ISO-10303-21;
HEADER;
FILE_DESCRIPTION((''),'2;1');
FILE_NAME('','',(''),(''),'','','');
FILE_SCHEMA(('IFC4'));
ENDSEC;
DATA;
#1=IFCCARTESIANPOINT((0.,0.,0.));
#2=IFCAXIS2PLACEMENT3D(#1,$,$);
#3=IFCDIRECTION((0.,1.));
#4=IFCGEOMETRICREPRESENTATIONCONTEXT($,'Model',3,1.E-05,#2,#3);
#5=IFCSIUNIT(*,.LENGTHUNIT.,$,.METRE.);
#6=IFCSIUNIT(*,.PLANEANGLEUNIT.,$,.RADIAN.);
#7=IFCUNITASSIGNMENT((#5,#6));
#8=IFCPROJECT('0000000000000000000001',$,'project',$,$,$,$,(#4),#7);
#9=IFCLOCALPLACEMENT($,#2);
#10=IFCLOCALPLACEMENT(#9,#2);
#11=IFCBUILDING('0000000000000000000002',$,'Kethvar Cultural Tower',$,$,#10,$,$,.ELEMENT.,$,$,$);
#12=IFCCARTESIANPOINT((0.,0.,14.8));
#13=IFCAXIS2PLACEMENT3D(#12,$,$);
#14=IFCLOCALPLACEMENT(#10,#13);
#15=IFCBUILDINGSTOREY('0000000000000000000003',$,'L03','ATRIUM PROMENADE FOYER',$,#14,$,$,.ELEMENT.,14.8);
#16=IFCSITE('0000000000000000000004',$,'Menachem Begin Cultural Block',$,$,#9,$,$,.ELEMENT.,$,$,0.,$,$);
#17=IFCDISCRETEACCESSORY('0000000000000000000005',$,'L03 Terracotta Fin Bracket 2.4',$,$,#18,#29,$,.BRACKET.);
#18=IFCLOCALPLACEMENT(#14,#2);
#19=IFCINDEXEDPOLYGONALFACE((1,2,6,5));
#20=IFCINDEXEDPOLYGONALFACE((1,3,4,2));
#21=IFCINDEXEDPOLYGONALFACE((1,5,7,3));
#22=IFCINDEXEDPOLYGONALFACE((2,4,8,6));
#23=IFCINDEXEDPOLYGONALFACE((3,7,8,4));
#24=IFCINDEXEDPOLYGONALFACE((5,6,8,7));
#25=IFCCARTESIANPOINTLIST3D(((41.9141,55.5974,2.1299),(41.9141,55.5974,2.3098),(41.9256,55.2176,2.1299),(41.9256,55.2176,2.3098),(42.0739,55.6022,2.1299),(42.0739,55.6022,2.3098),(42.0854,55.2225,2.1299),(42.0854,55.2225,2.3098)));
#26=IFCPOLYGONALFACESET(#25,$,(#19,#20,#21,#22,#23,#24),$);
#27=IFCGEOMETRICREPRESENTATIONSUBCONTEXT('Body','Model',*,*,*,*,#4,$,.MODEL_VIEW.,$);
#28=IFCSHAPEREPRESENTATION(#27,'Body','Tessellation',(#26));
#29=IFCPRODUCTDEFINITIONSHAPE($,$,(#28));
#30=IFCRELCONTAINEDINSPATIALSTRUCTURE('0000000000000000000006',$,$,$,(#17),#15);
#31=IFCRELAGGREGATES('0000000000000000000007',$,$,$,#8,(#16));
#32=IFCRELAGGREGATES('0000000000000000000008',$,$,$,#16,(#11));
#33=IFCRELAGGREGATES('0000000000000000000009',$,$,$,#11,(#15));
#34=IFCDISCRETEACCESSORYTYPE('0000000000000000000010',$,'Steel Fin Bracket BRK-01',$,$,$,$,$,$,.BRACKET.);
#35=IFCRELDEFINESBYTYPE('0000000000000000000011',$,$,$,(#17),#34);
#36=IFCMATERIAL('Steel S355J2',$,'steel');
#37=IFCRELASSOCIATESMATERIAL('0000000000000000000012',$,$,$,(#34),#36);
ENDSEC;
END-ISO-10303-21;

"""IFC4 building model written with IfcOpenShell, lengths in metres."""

from ifc_helpers import new_model, si_unit, direction, frame, origin, origin_2d, place, context, subcontext, project, spatial, rectangle, extrude, source, transform, mapped, material, type_object, element, save


model = new_model("IFC4")

# Units and contexts
model_context = context("Model", 3, precision=1e-05, world=origin(), true_north=direction((0.0, 1.0)))
body_context = subcontext(model_context, "Body", "Model", "MODEL_VIEW")
ifc_project = project(units=[si_unit("LENGTHUNIT", "METRE"), si_unit("PLANEANGLEUNIT", "RADIAN")], contexts=[model_context])

# Site, building, storey
site_placement = place(None, origin())
site = spatial("IfcSite", under=ifc_project, at=site_placement, Name="Menachem Begin Cultural Block", CompositionType="ELEMENT", RefElevation=0.0)
building_placement = place(site_placement, origin())
building = spatial("IfcBuilding", under=site, at=building_placement, Name="Kethvar Cultural Tower", CompositionType="ELEMENT")
storey_placement = place(building_placement, frame((0.0, 0.0, 14.8)))
storey = spatial("IfcBuildingStorey", under=building, at=storey_placement, Name="L03", Description="ATRIUM PROMENADE FOYER", CompositionType="ELEMENT", Elevation=14.8)

# Shared definitions
ifc_material_1 = material(Name="Steel S355J2", Category="steel")

# Discrete accessory
discrete_accessory_type = type_object("IfcDiscreteAccessoryType", Name="Steel Fin Bracket BRK-01", PredefinedType="BRACKET", material=ifc_material_1)
shared_shape_1 = source(origin(), body_context, "Body", "SweptSolid", [
    extrude(rectangle(XDim=0.3799, YDim=0.1599, at=origin_2d()), origin(), (0.0, 0.0, 1.0), 0.1799),
])
for number, where, z_axis, x_axis, name in (
    (1, (41.9998, 55.4099, 2.1299), (0.0, 0.0, 1.0), (-0.03019, 0.999544, 0.0), "L03 Terracotta Fin Bracket 2.4"),
):
    element("IfcDiscreteAccessory", number, at=place(storey_placement, frame(where, z_axis=z_axis, x_axis=x_axis)), inside=storey, type_object=discrete_accessory_type, Name=name, PredefinedType="BRACKET", context=body_context, shape_type="MappedRepresentation", body=[
        mapped(shared_shape_1, transform((0.0, 0.0, 0.0), scale=1.0)),
    ])

save(model, "model.ifc")
